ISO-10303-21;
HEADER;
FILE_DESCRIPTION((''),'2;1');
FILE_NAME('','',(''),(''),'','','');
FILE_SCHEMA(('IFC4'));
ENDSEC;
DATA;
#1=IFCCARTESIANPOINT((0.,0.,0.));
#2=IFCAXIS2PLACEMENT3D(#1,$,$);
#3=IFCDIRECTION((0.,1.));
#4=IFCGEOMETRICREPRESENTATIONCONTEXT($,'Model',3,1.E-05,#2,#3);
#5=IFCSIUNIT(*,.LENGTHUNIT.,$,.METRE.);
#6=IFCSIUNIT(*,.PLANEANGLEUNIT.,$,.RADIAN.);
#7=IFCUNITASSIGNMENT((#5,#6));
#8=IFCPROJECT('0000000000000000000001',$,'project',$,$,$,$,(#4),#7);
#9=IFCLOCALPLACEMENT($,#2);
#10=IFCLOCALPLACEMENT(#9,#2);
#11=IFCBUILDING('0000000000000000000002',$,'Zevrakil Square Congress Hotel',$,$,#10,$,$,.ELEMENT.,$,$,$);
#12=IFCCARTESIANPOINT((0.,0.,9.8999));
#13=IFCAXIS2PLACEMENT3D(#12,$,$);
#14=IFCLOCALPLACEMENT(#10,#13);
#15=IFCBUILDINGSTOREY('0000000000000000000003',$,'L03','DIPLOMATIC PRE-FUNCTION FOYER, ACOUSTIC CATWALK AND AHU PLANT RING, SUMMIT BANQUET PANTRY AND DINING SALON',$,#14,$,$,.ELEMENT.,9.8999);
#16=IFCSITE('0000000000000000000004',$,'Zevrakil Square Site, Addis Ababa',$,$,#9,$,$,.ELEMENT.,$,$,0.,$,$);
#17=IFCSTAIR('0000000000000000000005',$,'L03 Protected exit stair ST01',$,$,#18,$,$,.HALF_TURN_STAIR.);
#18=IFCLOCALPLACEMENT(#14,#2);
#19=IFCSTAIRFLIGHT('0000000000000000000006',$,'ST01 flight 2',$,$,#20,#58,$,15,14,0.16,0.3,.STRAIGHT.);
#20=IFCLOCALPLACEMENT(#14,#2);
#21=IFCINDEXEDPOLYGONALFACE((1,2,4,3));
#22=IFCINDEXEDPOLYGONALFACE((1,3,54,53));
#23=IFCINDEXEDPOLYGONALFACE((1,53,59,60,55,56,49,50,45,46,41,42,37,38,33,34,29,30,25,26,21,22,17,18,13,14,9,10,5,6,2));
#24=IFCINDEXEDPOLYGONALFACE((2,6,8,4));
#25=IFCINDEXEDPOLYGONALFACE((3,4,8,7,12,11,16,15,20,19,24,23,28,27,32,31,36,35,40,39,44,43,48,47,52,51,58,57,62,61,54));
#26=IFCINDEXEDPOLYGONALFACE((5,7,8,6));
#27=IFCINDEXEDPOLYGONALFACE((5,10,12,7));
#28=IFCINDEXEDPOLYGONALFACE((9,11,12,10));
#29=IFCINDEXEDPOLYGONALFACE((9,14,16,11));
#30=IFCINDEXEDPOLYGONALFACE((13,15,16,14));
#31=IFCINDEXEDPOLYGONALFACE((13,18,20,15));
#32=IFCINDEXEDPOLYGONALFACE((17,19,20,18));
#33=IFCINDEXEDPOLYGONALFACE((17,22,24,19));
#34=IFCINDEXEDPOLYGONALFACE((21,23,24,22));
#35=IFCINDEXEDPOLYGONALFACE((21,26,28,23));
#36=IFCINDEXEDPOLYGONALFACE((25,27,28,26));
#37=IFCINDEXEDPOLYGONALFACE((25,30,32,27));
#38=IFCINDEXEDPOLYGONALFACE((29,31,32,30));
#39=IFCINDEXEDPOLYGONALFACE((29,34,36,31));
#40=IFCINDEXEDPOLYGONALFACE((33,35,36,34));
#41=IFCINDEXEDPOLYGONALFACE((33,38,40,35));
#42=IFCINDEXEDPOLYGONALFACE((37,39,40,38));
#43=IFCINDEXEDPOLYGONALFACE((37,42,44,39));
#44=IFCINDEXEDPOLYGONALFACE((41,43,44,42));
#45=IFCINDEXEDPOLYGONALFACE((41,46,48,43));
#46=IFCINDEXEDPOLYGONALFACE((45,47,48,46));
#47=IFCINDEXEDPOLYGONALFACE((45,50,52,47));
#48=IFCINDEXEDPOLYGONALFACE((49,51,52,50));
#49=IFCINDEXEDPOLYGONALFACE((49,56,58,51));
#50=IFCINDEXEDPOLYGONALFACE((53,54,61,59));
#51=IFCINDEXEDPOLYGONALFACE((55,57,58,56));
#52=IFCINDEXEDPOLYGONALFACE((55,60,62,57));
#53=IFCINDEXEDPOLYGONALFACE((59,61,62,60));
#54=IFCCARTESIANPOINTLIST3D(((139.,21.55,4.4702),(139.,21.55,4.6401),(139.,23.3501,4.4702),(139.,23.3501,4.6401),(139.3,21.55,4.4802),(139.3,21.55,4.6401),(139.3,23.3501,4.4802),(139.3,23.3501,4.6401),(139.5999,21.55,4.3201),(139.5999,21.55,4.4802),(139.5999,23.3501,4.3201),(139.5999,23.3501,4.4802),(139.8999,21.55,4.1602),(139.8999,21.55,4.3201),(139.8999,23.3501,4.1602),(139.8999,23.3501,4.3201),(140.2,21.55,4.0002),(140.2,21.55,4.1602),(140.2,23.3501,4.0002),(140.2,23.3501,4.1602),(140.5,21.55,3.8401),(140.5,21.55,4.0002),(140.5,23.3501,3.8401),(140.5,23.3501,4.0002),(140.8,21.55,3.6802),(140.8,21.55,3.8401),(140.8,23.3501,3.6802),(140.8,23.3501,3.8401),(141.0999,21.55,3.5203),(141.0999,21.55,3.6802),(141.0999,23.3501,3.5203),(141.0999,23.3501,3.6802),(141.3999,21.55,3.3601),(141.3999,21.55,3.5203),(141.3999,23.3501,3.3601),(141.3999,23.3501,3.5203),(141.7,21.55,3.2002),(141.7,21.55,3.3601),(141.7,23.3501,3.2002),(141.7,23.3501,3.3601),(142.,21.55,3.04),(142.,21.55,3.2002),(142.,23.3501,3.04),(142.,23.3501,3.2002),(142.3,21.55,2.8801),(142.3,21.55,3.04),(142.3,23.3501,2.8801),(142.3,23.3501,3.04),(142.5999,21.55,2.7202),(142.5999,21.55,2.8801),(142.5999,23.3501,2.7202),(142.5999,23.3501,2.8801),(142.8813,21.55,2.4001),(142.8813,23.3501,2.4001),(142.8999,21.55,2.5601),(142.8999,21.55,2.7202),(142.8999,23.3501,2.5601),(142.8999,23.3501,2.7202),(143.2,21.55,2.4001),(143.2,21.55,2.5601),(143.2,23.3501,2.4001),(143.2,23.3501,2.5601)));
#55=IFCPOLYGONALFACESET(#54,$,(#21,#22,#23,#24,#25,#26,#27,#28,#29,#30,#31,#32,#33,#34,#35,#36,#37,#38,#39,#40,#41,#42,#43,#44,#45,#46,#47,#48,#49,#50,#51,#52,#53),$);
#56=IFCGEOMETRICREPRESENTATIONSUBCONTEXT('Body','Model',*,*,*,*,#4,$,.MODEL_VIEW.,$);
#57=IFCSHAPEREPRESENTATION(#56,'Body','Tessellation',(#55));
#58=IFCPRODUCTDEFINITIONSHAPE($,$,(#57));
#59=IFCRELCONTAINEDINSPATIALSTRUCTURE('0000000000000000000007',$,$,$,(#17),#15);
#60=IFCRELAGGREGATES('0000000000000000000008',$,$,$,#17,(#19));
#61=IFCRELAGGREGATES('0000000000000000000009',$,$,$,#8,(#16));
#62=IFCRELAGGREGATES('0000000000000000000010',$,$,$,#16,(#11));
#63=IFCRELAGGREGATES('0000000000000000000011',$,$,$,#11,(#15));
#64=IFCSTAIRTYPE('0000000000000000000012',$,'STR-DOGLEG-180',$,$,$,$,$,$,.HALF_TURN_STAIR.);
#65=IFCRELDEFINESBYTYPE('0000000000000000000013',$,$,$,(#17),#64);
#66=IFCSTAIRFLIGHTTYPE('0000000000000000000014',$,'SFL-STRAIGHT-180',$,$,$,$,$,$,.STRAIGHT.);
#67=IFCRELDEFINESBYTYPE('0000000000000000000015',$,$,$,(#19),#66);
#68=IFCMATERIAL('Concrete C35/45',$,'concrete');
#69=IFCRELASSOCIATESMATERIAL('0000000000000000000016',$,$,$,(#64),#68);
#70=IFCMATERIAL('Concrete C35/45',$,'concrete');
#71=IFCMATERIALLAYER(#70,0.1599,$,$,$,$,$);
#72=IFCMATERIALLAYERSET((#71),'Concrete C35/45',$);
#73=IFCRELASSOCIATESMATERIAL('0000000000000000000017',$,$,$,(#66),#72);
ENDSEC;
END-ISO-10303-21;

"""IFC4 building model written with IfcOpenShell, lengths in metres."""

from ifc_helpers import new_model, si_unit, direction, frame, origin, place, context, subcontext, project, spatial, polyline, outline, extrude, material, layer, layer_set, type_object, element, aggregate, save


model = new_model("IFC4")

# Units and contexts
model_context = context("Model", 3, precision=1e-05, world=origin(), true_north=direction((0.0, 1.0)))
body_context = subcontext(model_context, "Body", "Model", "MODEL_VIEW")
ifc_project = project(units=[si_unit("LENGTHUNIT", "METRE"), si_unit("PLANEANGLEUNIT", "RADIAN")], contexts=[model_context])

# Site, building, storey
site_placement = place(None, origin())
site = spatial("IfcSite", under=ifc_project, at=site_placement, Name="Zevrakil Square Site, Addis Ababa", CompositionType="ELEMENT", RefElevation=0.0)
building_placement = place(site_placement, origin())
building = spatial("IfcBuilding", under=site, at=building_placement, Name="Zevrakil Square Congress Hotel", CompositionType="ELEMENT")
storey_placement = place(building_placement, frame((0.0, 0.0, 9.8999)))
storey = spatial("IfcBuildingStorey", under=building, at=storey_placement, Name="L03", Description="DIPLOMATIC PRE-FUNCTION FOYER, ACOUSTIC CATWALK AND AHU PLANT RING, SUMMIT BANQUET PANTRY AND DINING SALON", CompositionType="ELEMENT", Elevation=9.8999)

# Stair, stair flight
ifc_material_1 = material(Name="Concrete C35/45", Category="concrete")
stair_type = type_object("IfcStairType", Name="STR-DOGLEG-180", PredefinedType="HALF_TURN_STAIR", material=ifc_material_1)
stair_placement = place(storey_placement, origin())
stair = element("IfcStair", 1, at=stair_placement, inside=storey, type_object=stair_type, Name="L03 Protected exit stair ST01", PredefinedType="HALF_TURN_STAIR")
ifc_material_2 = material(Name="Concrete C35/45", Category="concrete")
ifc_layer_1 = layer(ifc_material_2, 0.1599)
ifc_layer_set_1 = layer_set([ifc_layer_1], Name="Concrete C35/45")
stair_flight_type = type_object("IfcStairFlightType", Name="SFL-STRAIGHT-180", PredefinedType="STRAIGHT", material=ifc_layer_set_1)
stair_flight_placement = place(storey_placement, frame((143.2, 22.45, 2.4001), z_axis=(0.0, 0.0, 1.0), x_axis=(-1.0, 0.0, 0.0)))
stair_flight = element("IfcStairFlight", 2, at=stair_flight_placement, type_object=stair_flight_type, Name="ST01 flight 2", NumberOfRisers=15, NumberOfTreads=14, PredefinedType="STRAIGHT", RiserHeight=0.16, TreadLength=0.3, context=body_context, shape_type="SweptSolid", body=[
    extrude(outline(polyline([(0.0, 0.0), (0.0, 0.1599), (0.3, 0.1599), (0.3, 0.3201), (0.6001, 0.3201), (0.6001, 0.48), (0.8999, 0.48), (0.8999, 0.6399), (1.2, 0.6399), (1.2, 0.8), (1.5, 0.8), (1.5, 0.96), (1.8, 0.96), (1.8, 1.1201), (2.1001, 1.1201), (2.1001, 1.28), (2.3999, 1.28), (2.3999, 1.4399), (2.7, 1.4399), (2.7, 1.6001), (3.0, 1.6001), (3.0, 1.76), (3.3, 1.76), (3.3, 1.9199), (3.6001, 1.9199), (3.6001, 2.0801), (3.8999, 2.0801), (3.8999, 2.24), (4.2, 2.24), (4.2, 2.3999), (4.2, 2.0701), (0.3186, 0.0), (0.0, 0.0)])), frame((0.0, 0.8999, 0.0), z_axis=(0.0, -1.0, 0.0), x_axis=(1.0, 0.0, 0.0)), (0.0, 0.0, 1.0), 1.8),
])
aggregate(stair, [stair_flight])

save(model, "model.ifc")
